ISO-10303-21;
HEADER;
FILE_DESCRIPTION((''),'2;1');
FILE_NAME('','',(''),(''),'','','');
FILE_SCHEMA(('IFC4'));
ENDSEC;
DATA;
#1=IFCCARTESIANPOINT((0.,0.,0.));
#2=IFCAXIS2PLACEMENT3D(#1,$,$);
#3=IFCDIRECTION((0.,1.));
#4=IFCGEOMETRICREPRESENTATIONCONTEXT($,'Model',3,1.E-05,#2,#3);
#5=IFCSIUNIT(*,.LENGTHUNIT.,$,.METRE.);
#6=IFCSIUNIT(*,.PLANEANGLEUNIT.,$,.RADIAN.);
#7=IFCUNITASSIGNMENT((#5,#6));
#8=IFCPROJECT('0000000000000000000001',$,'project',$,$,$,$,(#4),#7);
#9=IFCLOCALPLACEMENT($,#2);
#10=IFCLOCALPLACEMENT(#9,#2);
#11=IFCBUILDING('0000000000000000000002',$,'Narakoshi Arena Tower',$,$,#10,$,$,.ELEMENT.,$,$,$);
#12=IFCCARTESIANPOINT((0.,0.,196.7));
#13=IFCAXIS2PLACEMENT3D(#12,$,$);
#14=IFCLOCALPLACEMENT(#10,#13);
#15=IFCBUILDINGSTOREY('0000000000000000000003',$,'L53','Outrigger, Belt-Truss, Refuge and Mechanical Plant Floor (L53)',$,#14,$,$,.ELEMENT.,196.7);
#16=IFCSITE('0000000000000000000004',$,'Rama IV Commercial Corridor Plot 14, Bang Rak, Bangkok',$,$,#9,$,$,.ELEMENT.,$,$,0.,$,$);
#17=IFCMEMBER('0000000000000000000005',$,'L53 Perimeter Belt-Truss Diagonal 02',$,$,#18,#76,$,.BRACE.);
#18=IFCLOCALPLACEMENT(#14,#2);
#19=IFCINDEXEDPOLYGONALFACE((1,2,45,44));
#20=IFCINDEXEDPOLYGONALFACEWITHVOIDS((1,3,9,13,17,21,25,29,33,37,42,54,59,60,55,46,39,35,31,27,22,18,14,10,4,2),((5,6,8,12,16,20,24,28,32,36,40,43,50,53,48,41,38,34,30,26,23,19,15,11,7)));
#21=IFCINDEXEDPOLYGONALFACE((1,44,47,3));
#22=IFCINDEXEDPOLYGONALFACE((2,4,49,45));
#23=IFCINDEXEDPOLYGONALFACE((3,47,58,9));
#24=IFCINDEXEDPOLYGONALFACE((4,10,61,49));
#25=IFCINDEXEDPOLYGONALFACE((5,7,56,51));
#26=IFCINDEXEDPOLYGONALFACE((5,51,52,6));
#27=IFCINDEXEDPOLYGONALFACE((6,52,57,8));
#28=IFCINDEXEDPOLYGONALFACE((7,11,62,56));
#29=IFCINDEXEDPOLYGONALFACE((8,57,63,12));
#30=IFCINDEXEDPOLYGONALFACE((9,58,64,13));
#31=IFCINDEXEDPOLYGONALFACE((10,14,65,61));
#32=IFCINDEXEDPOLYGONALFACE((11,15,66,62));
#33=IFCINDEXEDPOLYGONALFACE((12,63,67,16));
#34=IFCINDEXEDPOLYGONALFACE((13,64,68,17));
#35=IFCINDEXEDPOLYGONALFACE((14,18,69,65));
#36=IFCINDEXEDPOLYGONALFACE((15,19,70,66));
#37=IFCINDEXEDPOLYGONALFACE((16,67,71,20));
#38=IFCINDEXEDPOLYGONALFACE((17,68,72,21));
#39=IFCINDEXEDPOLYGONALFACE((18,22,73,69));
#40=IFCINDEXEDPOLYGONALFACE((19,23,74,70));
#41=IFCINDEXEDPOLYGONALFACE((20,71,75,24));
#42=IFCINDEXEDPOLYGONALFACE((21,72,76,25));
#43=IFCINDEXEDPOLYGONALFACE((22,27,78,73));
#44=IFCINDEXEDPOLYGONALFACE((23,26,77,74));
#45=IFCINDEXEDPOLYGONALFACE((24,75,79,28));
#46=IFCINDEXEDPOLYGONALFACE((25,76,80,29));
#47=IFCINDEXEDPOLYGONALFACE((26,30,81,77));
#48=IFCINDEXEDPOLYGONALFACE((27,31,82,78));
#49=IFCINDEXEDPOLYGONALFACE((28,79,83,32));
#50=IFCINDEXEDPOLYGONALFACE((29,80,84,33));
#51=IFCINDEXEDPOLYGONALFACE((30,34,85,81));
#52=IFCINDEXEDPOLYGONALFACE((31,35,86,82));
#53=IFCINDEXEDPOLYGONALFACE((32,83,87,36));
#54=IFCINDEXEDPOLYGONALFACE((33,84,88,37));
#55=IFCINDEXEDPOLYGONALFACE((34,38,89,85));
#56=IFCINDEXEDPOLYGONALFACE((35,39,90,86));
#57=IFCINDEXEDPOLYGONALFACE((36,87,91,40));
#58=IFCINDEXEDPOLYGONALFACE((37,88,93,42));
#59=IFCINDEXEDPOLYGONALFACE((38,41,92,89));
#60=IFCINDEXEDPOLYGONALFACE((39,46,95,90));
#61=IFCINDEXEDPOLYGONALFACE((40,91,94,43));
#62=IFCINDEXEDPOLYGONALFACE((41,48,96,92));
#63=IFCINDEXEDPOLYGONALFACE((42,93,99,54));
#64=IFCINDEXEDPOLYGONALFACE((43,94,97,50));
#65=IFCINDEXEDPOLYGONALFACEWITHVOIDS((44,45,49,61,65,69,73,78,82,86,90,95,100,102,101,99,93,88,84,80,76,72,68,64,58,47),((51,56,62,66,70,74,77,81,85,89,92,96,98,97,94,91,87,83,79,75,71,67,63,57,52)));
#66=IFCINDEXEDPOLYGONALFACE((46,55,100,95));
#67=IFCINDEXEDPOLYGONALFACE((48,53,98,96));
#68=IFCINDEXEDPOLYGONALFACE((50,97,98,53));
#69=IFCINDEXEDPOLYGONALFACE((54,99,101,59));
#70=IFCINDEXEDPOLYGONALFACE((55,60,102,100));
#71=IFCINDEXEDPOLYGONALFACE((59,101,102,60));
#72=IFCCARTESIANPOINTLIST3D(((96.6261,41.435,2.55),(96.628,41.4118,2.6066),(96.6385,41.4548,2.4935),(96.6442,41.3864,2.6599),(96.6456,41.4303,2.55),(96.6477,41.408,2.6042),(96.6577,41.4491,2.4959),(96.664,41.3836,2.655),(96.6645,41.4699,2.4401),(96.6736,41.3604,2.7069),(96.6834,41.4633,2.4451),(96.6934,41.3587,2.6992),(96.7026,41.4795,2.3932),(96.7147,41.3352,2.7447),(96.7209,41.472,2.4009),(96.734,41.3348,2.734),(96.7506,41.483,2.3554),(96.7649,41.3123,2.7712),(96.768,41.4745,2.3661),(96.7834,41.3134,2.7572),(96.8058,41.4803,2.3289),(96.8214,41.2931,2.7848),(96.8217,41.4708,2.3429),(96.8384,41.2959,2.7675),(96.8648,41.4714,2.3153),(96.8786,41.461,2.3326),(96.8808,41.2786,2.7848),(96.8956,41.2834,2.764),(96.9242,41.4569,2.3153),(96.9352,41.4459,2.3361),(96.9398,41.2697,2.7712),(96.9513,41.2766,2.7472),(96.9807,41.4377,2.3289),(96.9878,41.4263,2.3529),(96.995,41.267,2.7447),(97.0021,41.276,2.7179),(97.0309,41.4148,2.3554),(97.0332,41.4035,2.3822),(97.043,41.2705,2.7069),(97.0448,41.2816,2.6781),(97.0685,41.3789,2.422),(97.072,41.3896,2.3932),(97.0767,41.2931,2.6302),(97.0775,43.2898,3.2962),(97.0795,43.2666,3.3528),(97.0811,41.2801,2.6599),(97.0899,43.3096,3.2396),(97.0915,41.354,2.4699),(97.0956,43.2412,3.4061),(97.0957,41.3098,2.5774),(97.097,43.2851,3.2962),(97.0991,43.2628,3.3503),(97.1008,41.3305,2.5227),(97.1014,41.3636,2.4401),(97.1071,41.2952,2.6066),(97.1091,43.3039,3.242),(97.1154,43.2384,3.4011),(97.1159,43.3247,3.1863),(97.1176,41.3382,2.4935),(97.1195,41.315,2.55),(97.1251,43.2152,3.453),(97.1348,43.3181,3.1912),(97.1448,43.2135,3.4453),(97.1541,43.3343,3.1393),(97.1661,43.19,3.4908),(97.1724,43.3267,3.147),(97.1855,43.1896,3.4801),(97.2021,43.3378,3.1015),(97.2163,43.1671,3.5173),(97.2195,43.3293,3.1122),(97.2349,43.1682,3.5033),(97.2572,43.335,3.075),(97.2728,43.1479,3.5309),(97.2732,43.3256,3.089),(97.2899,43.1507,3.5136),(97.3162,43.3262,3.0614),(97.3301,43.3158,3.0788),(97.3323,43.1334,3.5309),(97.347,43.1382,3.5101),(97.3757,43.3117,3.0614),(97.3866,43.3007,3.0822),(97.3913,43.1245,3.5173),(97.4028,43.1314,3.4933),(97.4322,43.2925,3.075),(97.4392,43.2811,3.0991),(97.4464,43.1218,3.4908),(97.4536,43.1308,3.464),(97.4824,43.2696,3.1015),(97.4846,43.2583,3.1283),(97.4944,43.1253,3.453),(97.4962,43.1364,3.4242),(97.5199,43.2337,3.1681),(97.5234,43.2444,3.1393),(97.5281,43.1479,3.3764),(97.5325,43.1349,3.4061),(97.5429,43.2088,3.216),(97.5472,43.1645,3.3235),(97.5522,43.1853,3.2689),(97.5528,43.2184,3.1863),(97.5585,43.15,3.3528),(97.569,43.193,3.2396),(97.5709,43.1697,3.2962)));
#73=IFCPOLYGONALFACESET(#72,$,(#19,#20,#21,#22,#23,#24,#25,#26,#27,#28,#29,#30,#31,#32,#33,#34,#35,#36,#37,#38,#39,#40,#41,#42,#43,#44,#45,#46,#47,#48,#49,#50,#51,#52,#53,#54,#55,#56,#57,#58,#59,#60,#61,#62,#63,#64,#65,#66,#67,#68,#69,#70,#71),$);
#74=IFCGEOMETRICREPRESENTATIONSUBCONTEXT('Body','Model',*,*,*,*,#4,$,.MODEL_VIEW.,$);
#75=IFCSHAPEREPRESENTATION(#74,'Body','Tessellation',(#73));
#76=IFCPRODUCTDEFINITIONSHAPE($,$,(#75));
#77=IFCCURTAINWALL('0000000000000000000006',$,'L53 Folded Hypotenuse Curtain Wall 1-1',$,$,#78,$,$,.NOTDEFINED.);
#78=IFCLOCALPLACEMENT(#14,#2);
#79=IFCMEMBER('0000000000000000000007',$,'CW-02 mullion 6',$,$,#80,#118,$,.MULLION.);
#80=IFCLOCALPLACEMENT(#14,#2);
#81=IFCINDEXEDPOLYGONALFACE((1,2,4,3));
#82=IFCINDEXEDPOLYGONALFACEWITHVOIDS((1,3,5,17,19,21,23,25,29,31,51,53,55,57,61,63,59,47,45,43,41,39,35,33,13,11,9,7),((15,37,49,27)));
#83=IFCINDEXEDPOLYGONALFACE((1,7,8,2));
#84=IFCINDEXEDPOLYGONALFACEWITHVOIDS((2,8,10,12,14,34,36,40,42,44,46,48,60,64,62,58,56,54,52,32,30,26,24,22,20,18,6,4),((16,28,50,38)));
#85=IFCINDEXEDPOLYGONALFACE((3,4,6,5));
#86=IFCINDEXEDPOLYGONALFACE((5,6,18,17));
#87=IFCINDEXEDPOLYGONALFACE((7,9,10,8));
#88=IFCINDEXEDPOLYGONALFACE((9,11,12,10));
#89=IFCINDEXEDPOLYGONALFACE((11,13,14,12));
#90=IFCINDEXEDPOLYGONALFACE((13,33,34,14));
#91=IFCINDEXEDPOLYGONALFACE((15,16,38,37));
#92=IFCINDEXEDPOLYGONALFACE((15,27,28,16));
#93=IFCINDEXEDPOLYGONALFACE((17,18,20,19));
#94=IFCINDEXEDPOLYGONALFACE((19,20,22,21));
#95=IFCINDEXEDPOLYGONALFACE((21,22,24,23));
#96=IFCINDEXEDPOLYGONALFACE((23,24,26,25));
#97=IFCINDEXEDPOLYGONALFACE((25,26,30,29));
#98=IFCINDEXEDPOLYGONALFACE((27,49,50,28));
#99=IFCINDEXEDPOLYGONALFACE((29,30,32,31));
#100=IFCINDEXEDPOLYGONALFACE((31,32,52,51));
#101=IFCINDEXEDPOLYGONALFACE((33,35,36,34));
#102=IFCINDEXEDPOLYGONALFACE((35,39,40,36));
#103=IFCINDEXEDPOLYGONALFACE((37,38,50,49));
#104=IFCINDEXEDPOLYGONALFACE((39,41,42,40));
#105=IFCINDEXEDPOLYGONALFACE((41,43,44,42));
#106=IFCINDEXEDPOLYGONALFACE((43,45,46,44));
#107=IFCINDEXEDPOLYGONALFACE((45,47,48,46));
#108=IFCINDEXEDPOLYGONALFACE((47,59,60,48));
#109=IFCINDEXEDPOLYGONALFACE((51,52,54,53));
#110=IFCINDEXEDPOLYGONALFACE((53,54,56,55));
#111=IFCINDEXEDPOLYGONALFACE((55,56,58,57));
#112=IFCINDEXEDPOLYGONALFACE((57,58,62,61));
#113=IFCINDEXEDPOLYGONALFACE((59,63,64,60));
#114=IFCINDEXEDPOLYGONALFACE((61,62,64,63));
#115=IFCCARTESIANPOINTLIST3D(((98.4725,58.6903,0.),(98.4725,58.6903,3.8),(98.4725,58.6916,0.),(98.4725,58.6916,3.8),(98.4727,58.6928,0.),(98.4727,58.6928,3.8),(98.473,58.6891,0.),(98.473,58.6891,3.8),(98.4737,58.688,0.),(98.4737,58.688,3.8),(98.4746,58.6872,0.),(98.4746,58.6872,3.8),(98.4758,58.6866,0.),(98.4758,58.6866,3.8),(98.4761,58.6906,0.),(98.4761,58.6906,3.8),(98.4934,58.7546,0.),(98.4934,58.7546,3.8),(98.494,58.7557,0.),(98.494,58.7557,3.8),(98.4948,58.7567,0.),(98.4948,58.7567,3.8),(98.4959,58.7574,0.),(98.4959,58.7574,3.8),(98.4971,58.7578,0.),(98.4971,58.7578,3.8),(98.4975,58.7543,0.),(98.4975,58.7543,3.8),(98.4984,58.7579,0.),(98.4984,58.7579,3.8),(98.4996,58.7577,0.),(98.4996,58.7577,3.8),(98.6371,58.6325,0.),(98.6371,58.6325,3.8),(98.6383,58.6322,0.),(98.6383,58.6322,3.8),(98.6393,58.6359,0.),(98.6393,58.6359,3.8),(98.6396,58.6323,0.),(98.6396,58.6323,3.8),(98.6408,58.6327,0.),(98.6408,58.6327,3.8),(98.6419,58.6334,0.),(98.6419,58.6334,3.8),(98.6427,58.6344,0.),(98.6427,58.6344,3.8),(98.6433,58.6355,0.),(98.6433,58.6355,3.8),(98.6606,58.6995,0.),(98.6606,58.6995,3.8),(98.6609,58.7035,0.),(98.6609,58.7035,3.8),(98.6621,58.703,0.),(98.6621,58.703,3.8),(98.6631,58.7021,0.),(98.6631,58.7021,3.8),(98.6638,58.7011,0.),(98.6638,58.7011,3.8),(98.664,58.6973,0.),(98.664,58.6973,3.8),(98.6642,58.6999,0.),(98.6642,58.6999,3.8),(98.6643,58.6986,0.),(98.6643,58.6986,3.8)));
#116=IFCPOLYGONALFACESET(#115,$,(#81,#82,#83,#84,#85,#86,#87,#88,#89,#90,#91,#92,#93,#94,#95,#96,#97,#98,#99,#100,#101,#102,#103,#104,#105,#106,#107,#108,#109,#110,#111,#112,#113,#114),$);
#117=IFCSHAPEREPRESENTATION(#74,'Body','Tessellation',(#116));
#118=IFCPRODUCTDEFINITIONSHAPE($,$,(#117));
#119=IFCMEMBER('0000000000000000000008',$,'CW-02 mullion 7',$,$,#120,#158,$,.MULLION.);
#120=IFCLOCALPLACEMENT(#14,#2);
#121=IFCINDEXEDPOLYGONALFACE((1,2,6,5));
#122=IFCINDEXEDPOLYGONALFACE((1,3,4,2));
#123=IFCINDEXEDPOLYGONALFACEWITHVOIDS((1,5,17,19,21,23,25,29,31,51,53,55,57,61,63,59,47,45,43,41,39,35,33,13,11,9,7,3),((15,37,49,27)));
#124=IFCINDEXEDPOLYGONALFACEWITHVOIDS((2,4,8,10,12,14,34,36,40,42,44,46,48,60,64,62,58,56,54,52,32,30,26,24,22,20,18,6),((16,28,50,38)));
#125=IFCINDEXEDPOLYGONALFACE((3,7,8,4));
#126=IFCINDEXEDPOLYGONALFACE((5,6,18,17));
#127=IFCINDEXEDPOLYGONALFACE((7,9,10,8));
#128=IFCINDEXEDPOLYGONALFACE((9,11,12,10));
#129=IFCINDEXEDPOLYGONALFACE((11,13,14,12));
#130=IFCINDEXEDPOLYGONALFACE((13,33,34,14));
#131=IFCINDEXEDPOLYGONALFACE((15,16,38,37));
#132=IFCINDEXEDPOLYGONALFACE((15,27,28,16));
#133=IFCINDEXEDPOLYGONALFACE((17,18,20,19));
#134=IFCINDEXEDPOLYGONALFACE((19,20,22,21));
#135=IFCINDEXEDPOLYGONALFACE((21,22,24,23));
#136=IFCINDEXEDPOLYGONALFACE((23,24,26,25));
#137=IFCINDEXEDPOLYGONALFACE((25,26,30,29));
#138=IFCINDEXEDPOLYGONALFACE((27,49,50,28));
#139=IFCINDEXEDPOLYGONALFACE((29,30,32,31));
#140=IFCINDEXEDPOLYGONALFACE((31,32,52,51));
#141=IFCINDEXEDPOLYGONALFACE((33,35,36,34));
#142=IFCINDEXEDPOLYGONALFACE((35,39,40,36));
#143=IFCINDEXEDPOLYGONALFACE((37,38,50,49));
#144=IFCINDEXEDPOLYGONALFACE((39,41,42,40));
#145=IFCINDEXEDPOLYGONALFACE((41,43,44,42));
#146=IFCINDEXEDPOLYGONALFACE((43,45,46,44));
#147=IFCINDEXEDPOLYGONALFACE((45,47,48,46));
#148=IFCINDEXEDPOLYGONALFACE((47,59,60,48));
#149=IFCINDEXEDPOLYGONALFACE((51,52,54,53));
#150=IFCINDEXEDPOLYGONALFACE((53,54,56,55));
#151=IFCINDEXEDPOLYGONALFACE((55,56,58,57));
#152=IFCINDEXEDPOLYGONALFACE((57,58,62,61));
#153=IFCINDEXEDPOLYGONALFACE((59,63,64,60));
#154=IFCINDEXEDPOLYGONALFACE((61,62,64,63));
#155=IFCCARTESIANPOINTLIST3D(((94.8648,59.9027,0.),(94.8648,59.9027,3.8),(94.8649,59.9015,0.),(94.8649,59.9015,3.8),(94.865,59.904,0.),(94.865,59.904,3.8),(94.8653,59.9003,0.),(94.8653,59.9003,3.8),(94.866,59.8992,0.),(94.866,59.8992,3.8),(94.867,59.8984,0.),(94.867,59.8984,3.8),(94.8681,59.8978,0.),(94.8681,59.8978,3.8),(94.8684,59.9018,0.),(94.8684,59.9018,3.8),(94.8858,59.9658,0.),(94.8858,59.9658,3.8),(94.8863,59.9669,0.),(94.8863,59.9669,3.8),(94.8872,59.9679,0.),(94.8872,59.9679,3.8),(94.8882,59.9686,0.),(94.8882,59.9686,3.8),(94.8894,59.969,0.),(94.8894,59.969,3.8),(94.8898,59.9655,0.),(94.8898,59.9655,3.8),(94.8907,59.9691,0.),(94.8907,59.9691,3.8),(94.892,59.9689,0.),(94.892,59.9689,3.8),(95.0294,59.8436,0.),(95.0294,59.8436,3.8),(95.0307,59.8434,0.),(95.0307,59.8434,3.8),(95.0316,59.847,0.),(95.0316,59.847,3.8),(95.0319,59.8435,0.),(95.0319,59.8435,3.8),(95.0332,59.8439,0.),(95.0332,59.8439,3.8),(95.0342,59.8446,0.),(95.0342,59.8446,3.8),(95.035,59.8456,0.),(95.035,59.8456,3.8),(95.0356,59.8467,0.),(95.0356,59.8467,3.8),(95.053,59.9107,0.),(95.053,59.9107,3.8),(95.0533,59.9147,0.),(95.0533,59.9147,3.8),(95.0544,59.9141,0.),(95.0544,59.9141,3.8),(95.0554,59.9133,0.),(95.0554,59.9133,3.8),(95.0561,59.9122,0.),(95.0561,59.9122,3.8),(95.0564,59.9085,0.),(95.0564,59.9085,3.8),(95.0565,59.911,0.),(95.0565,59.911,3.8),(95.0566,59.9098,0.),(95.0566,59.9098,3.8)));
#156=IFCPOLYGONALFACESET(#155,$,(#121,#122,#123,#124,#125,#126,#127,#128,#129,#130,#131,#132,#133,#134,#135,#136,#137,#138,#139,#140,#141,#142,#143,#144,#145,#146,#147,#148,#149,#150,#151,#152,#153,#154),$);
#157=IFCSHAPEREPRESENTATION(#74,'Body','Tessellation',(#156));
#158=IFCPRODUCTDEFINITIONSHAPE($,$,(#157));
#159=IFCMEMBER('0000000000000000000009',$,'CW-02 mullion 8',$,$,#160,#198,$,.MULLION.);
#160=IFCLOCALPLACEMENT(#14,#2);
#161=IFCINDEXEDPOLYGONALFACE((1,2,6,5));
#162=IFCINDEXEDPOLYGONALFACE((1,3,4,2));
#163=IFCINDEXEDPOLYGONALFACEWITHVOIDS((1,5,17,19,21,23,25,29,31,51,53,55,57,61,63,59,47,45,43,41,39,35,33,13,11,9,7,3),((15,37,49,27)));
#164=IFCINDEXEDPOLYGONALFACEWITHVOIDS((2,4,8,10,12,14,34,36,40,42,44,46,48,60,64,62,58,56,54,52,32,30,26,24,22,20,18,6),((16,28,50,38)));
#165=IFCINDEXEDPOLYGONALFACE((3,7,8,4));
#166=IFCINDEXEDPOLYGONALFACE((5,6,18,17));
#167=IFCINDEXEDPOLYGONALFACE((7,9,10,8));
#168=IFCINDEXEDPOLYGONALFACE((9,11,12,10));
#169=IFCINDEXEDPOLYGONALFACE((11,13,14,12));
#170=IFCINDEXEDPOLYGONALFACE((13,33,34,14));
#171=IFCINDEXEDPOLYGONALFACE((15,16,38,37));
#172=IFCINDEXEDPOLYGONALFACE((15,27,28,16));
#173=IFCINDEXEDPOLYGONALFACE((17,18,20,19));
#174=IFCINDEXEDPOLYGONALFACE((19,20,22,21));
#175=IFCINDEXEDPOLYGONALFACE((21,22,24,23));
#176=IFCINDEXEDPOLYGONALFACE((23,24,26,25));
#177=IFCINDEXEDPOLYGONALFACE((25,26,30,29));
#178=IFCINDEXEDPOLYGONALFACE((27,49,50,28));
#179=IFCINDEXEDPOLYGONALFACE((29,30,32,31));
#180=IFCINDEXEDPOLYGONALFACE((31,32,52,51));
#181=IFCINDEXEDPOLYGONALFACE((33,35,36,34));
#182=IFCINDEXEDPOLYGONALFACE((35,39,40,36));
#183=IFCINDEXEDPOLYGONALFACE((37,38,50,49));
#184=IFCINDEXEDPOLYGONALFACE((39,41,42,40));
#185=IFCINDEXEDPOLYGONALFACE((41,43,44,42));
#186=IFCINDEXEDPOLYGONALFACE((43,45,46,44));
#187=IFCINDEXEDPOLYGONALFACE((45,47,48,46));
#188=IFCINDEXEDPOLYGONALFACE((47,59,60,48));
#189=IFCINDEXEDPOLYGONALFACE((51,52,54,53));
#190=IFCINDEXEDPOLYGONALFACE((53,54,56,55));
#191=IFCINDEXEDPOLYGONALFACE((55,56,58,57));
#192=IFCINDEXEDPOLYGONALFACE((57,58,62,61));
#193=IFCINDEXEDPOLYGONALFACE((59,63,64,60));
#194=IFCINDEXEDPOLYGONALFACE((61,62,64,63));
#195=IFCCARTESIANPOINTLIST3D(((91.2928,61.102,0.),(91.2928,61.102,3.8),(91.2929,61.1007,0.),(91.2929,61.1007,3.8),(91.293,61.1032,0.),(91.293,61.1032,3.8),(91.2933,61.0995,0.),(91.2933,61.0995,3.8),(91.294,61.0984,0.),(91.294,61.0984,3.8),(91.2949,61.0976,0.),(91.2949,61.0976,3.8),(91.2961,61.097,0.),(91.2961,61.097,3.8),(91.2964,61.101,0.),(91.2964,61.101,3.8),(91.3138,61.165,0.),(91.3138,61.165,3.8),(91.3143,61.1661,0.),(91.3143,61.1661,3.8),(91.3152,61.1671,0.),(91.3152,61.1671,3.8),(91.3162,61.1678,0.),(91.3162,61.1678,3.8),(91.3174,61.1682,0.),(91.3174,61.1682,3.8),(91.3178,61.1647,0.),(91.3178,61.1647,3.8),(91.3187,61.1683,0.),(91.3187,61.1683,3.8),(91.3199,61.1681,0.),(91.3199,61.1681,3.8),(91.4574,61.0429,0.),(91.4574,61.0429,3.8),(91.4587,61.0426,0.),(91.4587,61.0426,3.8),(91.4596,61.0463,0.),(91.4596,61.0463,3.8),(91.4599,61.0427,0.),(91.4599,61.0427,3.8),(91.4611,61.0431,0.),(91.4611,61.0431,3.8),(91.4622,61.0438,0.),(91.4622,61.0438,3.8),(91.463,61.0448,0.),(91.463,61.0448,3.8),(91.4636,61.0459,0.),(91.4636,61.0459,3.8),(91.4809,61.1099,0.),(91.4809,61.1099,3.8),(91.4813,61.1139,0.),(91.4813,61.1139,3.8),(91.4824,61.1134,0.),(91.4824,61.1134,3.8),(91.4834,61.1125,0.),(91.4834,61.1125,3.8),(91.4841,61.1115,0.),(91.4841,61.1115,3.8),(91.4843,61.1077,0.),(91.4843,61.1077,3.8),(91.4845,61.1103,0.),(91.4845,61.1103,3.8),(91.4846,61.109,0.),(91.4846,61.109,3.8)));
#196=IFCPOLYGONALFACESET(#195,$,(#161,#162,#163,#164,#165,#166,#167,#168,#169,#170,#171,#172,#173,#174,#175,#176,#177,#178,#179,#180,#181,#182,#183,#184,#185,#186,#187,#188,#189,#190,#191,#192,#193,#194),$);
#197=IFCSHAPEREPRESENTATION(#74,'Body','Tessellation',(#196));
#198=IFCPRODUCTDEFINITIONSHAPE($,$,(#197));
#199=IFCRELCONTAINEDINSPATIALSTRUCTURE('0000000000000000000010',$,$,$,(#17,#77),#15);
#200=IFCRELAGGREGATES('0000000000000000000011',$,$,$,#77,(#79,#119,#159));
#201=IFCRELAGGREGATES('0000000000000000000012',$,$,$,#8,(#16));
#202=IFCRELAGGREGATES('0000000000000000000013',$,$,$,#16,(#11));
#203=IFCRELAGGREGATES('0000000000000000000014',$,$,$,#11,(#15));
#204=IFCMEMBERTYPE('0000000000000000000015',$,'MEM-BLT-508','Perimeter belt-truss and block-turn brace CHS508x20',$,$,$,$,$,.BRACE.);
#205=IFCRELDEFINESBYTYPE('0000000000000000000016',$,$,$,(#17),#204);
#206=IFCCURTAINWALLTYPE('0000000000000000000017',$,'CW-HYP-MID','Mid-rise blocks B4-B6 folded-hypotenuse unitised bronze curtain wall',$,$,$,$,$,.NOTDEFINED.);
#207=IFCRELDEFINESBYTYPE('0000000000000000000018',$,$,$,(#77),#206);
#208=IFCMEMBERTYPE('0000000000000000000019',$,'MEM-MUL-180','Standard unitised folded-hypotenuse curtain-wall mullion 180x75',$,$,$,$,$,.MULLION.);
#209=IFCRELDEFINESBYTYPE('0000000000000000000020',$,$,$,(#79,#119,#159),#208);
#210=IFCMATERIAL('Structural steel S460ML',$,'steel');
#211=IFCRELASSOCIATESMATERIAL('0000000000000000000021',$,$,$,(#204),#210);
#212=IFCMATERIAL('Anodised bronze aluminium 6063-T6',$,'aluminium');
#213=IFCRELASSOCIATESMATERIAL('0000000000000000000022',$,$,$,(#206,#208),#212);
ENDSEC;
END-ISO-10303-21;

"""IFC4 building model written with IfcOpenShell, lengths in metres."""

from ifc_helpers import new_model, si_unit, direction, frame, origin, origin_2d, place, context, subcontext, project, spatial, hollow_rectangle, hollow_circle, extrude, material, material_profile, profile_set, type_object, element, aggregate, save


model = new_model("IFC4")

# Units and contexts
model_context = context("Model", 3, precision=1e-05, world=origin(), true_north=direction((0.0, 1.0)))
body_context = subcontext(model_context, "Body", "Model", "MODEL_VIEW")
ifc_project = project(units=[si_unit("LENGTHUNIT", "METRE"), si_unit("PLANEANGLEUNIT", "RADIAN")], contexts=[model_context])

# Site, building, storey
site_placement = place(None, origin())
site = spatial("IfcSite", under=ifc_project, at=site_placement, Name="Rama IV Commercial Corridor Plot 14, Bang Rak, Bangkok", CompositionType="ELEMENT", RefElevation=0.0)
building_placement = place(site_placement, origin())
building = spatial("IfcBuilding", under=site, at=building_placement, Name="Narakoshi Arena Tower", CompositionType="ELEMENT")
storey_placement = place(building_placement, frame((0.0, 0.0, 196.7)))
storey = spatial("IfcBuildingStorey", under=building, at=storey_placement, Name="L53", Description="Outrigger, Belt-Truss, Refuge and Mechanical Plant Floor (L53)", CompositionType="ELEMENT", Elevation=196.7)

# Shared definitions
ifc_material_1 = material(Name="Structural steel S460ML", Category="steel")

# Member
ifc_material_profile_1 = material_profile(ifc_material_1, hollow_circle(Radius=0.2539, WallThickness=0.02, at=origin_2d()), Name="CHS508x20")
ifc_profile_set_1 = profile_set([ifc_material_profile_1], Name="Structural steel S460ML")
member_type_1 = type_object("IfcMemberType", Name="MEM-BLT-508", Description="Perimeter belt-truss and block-turn brace CHS508x20", PredefinedType="BRACE", material=ifc_profile_set_1)
member_1_placement = place(storey_placement, frame((96.8728, 41.375, 2.55), z_axis=(0.220256, 0.904967, 0.364036), x_axis=(-0.971636, 0.236482, 0.0)))
element("IfcMember", 1, at=member_1_placement, inside=storey, type_object=member_type_1, Name="L53 Perimeter Belt-Truss Diagonal 02", PredefinedType="BRACE", context=body_context, shape_type="SweptSolid", body=[
    extrude(hollow_circle(Radius=0.2539, WallThickness=0.02, at=origin_2d()), origin(), (0.0, 0.0, 1.0), 2.0496),
])

# Curtain wall, members
ifc_material_2 = material(Name="Anodised bronze aluminium 6063-T6", Category="aluminium")
curtain_wall_type = type_object("IfcCurtainWallType", Name="CW-HYP-MID", Description="Mid-rise blocks B4-B6 folded-hypotenuse unitised bronze curtain wall", PredefinedType="NOTDEFINED", material=ifc_material_2)
curtain_wall_placement = place(storey_placement, origin())
curtain_wall = element("IfcCurtainWall", 2, at=curtain_wall_placement, inside=storey, type_object=curtain_wall_type, Name="L53 Folded Hypotenuse Curtain Wall 1-1", PredefinedType="NOTDEFINED")
ifc_material_profile_2 = material_profile(ifc_material_2, hollow_rectangle(XDim=0.075, YDim=0.1799, WallThickness=0.0039, OuterFilletRadius=0.0049, at=origin_2d()), Name="MUL180x75x4")
ifc_profile_set_2 = profile_set([ifc_material_profile_2], Name="Anodised bronze aluminium 6063-T6")
member_type_2 = type_object("IfcMemberType", Name="MEM-MUL-180", Description="Standard unitised folded-hypotenuse curtain-wall mullion 180x75", PredefinedType="MULLION", material=ifc_profile_set_2)
member_2_placement = place(storey_placement, frame((98.5684, 58.6951, 0.0), z_axis=(0.0, 0.0, 1.0), x_axis=(-0.318261, -0.948003, 0.0)))
member_2 = element("IfcMember", 3, at=member_2_placement, type_object=member_type_2, Name="CW-02 mullion 6", PredefinedType="MULLION", context=body_context, shape_type="SweptSolid", body=[
    extrude(hollow_rectangle(XDim=0.075, YDim=0.1799, WallThickness=0.0039, OuterFilletRadius=0.0049, at=origin_2d()), origin(), (0.0, 0.0, 1.0), 3.8),
])
member_3_placement = place(storey_placement, frame((94.9607, 59.9062, 0.0), z_axis=(0.0, 0.0, 1.0), x_axis=(-0.318261, -0.948003, 0.0)))
member_3 = element("IfcMember", 4, at=member_3_placement, type_object=member_type_2, Name="CW-02 mullion 7", PredefinedType="MULLION", context=body_context, shape_type="SweptSolid", body=[
    extrude(hollow_rectangle(XDim=0.075, YDim=0.1799, WallThickness=0.0039, OuterFilletRadius=0.0049, at=origin_2d()), origin(), (0.0, 0.0, 1.0), 3.8),
])
member_4_placement = place(storey_placement, frame((91.3887, 61.1055, 0.0), z_axis=(0.0, 0.0, 1.0), x_axis=(-0.318261, -0.948003, 0.0)))
member_4 = element("IfcMember", 5, at=member_4_placement, type_object=member_type_2, Name="CW-02 mullion 8", PredefinedType="MULLION", context=body_context, shape_type="SweptSolid", body=[
    extrude(hollow_rectangle(XDim=0.075, YDim=0.1799, WallThickness=0.0039, OuterFilletRadius=0.0049, at=origin_2d()), origin(), (0.0, 0.0, 1.0), 3.8),
])
aggregate(curtain_wall, [member_2, member_3, member_4])

save(model, "model.ifc")
